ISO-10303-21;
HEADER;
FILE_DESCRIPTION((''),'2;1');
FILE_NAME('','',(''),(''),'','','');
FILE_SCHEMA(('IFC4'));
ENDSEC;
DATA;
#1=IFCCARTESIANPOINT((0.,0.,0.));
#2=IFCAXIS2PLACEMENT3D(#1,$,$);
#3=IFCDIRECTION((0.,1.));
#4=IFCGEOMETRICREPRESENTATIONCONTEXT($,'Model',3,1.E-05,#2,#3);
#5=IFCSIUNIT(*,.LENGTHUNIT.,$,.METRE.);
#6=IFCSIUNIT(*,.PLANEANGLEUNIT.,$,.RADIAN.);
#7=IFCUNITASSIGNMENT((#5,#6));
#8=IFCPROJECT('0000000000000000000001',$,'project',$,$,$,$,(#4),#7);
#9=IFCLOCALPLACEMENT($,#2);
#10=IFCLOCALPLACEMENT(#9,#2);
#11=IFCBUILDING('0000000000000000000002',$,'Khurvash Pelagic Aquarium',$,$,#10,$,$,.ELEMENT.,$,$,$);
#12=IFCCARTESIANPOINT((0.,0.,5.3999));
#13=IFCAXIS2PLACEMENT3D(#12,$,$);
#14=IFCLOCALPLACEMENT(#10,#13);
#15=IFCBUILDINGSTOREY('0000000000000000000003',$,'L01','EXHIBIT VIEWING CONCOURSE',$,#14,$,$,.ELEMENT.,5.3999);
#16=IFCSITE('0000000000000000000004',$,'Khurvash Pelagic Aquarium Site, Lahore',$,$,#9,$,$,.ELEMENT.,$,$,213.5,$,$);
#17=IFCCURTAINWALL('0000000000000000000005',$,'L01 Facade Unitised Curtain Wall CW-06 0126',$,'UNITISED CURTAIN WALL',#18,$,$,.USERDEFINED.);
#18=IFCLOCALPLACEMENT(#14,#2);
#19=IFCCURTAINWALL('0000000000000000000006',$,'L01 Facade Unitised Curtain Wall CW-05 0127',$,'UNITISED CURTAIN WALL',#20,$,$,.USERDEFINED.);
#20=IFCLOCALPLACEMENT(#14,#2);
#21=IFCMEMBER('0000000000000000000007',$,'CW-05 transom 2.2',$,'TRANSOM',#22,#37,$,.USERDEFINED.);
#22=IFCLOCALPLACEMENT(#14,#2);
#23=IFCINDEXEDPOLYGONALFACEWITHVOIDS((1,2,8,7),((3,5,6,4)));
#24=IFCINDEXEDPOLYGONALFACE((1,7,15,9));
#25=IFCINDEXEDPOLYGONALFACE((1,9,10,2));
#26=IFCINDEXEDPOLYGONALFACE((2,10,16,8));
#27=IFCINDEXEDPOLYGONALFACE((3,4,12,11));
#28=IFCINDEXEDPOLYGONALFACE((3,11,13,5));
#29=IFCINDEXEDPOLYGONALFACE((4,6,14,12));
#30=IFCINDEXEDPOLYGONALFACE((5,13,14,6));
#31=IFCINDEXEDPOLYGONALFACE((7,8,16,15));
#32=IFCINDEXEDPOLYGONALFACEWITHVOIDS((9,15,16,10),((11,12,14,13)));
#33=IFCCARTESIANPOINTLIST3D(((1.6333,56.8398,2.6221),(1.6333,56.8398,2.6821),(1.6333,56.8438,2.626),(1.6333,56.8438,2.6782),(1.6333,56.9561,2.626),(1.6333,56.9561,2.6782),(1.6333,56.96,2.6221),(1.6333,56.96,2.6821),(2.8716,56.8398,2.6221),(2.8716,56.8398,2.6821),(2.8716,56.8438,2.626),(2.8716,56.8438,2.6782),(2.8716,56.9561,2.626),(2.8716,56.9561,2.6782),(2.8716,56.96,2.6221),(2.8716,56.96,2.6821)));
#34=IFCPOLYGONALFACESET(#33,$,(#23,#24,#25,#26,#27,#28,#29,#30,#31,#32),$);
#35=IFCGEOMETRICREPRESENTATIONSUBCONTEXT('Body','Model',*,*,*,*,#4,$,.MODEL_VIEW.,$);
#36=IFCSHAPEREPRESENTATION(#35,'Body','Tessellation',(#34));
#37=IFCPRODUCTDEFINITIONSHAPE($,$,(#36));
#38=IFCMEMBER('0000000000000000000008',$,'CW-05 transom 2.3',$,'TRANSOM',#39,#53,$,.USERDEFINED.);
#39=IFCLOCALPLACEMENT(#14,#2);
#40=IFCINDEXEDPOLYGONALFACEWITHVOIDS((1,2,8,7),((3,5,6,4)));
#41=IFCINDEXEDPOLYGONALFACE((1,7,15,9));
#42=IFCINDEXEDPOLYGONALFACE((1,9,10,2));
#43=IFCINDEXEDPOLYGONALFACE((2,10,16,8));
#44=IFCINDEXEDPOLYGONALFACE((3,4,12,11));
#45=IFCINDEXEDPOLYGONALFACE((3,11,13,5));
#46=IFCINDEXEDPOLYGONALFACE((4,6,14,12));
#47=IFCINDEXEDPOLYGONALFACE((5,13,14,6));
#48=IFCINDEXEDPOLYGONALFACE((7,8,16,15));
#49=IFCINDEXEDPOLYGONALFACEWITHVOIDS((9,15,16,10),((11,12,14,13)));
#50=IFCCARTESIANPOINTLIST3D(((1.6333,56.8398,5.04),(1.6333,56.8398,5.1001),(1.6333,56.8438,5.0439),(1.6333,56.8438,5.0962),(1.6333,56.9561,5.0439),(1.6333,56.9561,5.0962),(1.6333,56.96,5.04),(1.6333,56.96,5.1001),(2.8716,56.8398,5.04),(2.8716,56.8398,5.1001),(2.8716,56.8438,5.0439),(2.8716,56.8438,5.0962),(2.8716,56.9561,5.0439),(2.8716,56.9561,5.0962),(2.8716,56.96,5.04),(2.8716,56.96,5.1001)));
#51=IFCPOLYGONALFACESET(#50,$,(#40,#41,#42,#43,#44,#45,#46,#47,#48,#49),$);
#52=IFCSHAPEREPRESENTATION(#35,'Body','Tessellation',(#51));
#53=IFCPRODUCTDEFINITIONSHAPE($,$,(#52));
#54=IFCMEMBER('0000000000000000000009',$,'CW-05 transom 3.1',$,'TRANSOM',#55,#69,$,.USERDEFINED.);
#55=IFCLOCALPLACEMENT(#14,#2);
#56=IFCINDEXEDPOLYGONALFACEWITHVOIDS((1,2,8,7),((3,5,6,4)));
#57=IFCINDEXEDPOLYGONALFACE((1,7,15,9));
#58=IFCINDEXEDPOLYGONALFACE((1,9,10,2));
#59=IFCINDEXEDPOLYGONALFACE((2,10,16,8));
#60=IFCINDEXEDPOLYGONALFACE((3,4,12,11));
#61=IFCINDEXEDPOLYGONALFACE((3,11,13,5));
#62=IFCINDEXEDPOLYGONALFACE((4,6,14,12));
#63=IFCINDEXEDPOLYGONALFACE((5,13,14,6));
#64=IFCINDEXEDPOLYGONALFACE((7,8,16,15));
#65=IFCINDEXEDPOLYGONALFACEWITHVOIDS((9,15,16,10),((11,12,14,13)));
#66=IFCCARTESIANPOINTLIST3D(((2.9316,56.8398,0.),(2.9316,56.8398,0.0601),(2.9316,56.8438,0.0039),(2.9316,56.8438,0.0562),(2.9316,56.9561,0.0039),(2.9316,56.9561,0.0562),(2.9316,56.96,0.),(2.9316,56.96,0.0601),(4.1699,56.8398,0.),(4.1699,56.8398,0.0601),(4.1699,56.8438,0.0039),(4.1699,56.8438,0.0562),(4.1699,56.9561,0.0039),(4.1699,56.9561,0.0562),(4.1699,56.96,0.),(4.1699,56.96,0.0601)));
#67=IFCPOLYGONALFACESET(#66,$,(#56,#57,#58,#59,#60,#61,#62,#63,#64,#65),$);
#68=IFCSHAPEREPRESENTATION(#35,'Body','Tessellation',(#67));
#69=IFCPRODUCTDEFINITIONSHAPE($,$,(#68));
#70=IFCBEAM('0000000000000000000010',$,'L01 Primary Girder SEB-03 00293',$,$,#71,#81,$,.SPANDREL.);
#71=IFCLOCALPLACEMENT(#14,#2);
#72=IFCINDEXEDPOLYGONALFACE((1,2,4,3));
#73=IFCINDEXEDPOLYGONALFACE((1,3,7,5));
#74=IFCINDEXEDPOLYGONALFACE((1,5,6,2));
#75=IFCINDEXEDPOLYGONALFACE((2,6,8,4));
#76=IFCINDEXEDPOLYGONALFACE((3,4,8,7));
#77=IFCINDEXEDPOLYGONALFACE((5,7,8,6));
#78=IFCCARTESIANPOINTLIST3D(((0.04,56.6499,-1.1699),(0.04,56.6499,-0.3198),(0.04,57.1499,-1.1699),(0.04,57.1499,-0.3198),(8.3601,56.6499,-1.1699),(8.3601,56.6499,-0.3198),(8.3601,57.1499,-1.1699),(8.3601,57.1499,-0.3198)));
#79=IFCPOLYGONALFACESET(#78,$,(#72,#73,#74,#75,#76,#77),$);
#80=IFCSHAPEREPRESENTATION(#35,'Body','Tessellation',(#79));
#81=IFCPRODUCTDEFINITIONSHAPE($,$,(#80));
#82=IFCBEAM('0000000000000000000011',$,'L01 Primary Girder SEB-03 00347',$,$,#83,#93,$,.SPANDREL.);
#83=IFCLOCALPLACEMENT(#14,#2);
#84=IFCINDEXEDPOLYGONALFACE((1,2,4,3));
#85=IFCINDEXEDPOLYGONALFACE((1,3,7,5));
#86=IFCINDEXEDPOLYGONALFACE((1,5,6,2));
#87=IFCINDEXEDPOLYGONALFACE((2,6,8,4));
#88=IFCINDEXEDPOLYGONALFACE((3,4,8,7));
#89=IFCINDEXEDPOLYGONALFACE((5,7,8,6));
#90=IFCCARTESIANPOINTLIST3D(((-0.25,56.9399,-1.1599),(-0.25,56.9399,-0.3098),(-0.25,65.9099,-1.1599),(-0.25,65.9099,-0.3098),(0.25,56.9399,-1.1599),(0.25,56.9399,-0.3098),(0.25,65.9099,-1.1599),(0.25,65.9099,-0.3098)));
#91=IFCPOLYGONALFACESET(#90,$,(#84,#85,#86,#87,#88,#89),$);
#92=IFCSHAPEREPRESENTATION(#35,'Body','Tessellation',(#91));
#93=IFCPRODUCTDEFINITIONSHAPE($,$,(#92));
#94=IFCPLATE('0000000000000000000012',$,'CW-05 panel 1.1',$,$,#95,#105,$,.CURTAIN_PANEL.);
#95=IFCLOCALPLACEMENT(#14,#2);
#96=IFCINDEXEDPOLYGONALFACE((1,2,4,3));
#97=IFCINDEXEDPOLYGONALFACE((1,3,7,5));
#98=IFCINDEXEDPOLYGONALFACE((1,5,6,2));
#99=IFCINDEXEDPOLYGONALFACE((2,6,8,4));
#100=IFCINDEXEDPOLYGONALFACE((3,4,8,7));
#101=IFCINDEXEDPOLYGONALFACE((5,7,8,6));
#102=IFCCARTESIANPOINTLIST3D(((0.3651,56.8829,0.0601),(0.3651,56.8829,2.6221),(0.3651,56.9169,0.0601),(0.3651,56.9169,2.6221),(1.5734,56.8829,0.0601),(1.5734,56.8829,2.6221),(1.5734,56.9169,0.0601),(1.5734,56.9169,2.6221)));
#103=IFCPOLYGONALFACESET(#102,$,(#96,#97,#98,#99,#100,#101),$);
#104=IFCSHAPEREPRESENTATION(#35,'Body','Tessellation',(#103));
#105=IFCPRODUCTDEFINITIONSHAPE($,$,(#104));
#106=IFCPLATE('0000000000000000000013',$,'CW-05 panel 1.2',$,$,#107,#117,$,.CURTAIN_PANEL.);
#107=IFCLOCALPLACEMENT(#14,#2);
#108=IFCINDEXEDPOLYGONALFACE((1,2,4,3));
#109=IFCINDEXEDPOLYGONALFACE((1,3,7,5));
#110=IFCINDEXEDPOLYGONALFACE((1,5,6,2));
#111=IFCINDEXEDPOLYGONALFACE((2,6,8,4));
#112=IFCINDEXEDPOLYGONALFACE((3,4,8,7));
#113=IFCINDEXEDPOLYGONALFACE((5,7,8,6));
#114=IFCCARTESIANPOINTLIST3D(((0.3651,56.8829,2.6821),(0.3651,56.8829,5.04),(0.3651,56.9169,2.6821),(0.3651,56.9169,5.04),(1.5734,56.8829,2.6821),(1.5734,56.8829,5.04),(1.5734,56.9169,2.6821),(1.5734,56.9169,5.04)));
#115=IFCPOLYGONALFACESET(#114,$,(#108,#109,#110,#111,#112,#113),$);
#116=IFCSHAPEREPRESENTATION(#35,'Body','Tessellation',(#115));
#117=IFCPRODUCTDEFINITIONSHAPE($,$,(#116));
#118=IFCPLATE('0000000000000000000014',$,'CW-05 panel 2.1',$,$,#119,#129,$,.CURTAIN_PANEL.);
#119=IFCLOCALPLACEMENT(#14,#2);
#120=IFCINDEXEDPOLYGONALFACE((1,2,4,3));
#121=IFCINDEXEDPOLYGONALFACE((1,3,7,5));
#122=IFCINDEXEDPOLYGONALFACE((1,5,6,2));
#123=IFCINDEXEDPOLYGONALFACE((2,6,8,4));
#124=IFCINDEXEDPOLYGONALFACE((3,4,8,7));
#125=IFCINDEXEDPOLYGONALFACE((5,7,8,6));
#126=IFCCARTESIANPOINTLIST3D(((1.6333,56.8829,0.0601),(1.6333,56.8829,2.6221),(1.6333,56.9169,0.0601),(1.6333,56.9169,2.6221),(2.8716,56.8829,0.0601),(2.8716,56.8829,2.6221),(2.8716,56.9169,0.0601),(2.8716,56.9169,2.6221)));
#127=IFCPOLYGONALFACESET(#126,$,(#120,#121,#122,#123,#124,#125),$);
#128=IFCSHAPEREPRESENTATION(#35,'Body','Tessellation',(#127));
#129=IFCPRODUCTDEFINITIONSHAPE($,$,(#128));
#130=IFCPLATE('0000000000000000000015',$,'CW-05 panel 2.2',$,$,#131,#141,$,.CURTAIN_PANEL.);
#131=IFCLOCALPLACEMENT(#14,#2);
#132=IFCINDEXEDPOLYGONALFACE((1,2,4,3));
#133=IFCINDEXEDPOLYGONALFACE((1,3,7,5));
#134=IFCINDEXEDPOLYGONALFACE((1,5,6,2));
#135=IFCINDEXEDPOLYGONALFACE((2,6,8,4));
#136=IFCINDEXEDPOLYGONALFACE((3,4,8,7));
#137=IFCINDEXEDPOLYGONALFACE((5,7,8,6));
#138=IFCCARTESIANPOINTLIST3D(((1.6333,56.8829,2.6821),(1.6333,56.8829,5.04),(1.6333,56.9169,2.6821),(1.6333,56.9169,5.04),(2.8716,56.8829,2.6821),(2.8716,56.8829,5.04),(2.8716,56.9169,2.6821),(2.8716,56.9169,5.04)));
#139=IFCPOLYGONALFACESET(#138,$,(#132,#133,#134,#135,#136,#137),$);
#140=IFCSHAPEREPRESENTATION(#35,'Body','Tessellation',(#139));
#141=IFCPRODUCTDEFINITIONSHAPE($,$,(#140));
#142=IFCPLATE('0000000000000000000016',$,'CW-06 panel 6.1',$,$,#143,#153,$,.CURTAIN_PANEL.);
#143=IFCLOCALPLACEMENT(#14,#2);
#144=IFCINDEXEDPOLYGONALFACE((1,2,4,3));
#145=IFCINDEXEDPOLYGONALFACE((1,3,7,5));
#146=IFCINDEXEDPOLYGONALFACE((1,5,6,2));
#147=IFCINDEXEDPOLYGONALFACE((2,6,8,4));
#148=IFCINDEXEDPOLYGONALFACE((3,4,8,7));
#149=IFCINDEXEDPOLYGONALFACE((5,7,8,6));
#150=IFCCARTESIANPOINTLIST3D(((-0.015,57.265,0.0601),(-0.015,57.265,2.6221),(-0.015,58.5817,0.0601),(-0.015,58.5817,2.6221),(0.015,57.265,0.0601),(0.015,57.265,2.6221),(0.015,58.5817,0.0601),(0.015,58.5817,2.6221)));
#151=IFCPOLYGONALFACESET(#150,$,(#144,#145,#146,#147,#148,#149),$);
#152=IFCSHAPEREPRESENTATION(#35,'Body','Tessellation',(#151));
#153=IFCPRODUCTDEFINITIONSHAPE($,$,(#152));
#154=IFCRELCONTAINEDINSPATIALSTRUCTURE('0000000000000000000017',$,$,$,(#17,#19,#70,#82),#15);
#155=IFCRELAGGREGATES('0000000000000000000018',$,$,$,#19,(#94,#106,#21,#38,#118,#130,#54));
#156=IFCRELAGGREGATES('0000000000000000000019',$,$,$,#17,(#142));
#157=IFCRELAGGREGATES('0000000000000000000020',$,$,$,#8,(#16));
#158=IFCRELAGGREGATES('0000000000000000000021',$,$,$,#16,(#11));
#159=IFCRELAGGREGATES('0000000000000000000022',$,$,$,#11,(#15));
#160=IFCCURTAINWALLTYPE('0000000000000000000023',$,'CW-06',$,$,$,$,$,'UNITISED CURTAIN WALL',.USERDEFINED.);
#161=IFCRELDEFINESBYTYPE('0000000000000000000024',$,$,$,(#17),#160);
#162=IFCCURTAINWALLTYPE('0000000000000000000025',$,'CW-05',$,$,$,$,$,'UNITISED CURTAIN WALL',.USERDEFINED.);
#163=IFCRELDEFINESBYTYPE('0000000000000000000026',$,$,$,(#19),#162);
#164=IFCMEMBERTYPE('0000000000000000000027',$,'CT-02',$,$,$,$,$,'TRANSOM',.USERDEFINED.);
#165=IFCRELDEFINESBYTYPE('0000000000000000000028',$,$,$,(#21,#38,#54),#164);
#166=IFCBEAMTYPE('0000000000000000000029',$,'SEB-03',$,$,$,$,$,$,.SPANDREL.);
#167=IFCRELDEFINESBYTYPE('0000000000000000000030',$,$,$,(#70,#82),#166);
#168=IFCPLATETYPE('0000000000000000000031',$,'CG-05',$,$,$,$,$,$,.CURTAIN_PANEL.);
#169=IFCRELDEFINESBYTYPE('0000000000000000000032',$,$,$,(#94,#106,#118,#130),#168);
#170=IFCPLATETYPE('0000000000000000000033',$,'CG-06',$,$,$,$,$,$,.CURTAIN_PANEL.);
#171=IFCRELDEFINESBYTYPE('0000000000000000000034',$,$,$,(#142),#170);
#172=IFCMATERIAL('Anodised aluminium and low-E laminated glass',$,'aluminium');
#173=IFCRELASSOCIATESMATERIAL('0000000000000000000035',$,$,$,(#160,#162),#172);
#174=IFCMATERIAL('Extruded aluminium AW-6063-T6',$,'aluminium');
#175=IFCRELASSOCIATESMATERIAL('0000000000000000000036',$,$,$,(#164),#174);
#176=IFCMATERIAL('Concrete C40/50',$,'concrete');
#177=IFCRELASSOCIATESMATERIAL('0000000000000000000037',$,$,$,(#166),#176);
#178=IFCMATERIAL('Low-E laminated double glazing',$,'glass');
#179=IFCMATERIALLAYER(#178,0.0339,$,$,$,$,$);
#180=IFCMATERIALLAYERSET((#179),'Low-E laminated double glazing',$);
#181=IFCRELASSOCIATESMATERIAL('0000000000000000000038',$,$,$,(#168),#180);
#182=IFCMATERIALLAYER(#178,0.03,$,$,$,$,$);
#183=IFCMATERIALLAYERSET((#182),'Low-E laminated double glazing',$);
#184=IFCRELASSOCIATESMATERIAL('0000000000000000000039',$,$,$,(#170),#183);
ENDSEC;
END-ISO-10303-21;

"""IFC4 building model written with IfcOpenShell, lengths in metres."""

from ifc_helpers import new_model, si_unit, direction, frame, origin, origin_2d, place, context, subcontext, project, spatial, rectangle, hollow_rectangle, extrude, material, layer, layer_set, material_profile, profile_set, type_object, element, aggregate, save


model = new_model("IFC4")

# Units and contexts
model_context = context("Model", 3, precision=1e-05, world=origin(), true_north=direction((0.0, 1.0)))
body_context = subcontext(model_context, "Body", "Model", "MODEL_VIEW")
ifc_project = project(units=[si_unit("LENGTHUNIT", "METRE"), si_unit("PLANEANGLEUNIT", "RADIAN")], contexts=[model_context])

# Site, building, storey
site_placement = place(None, origin())
site = spatial("IfcSite", under=ifc_project, at=site_placement, Name="Khurvash Pelagic Aquarium Site, Lahore", CompositionType="ELEMENT", RefElevation=213.5)
building_placement = place(site_placement, origin())
building = spatial("IfcBuilding", under=site, at=building_placement, Name="Khurvash Pelagic Aquarium", CompositionType="ELEMENT")
storey_placement = place(building_placement, frame((0.0, 0.0, 5.3999)))
storey = spatial("IfcBuildingStorey", under=building, at=storey_placement, Name="L01", Description="EXHIBIT VIEWING CONCOURSE", CompositionType="ELEMENT", Elevation=5.3999)

# Shared definitions
ifc_material_1 = material(Name="Concrete C40/50", Category="concrete")

# Curtain wall
ifc_material_2 = material(Name="Anodised aluminium and low-E laminated glass", Category="aluminium")
curtain_wall_type_1 = type_object("IfcCurtainWallType", Name="CW-06", ElementType="UNITISED CURTAIN WALL", PredefinedType="USERDEFINED", material=ifc_material_2)
curtain_wall_1_placement = place(storey_placement, origin())
curtain_wall_1 = element("IfcCurtainWall", 1, at=curtain_wall_1_placement, inside=storey, type_object=curtain_wall_type_1, Name="L01 Facade Unitised Curtain Wall CW-06 0126", ObjectType="UNITISED CURTAIN WALL", PredefinedType="USERDEFINED")
ifc_material_3 = material(Name="Extruded aluminium AW-6063-T6", Category="aluminium")

# Curtain wall, members
curtain_wall_type_2 = type_object("IfcCurtainWallType", Name="CW-05", ElementType="UNITISED CURTAIN WALL", PredefinedType="USERDEFINED", material=ifc_material_2)
curtain_wall_2_placement = place(storey_placement, origin())
curtain_wall_2 = element("IfcCurtainWall", 2, at=curtain_wall_2_placement, inside=storey, type_object=curtain_wall_type_2, Name="L01 Facade Unitised Curtain Wall CW-05 0127", ObjectType="UNITISED CURTAIN WALL", PredefinedType="USERDEFINED")
ifc_material_profile_1 = material_profile(ifc_material_3, hollow_rectangle(XDim=0.1201, YDim=0.0601, WallThickness=0.0039, at=origin_2d()), Name="CWT120X60X4")
ifc_profile_set_1 = profile_set([ifc_material_profile_1], Name="Extruded aluminium AW-6063-T6")
member_type_1 = type_object("IfcMemberType", Name="CT-02", ElementType="TRANSOM", PredefinedType="USERDEFINED", material=ifc_profile_set_1)
member_1_placement = place(storey_placement, frame((1.6333, 56.8999, 2.6521), z_axis=(1.0, 0.0, 0.0), x_axis=(0.0, 1.0, 0.0)))
member_1 = element("IfcMember", 3, at=member_1_placement, type_object=member_type_1, Name="CW-05 transom 2.2", ObjectType="TRANSOM", PredefinedType="USERDEFINED", context=body_context, shape_type="SweptSolid", body=[
    extrude(hollow_rectangle(XDim=0.1201, YDim=0.0601, WallThickness=0.0039, at=origin_2d()), origin(), (0.0, 0.0, 1.0), 1.2383),
])
member_2_placement = place(storey_placement, frame((1.6333, 56.8999, 5.0701), z_axis=(1.0, 0.0, 0.0), x_axis=(0.0, 1.0, 0.0)))
member_2 = element("IfcMember", 4, at=member_2_placement, type_object=member_type_1, Name="CW-05 transom 2.3", ObjectType="TRANSOM", PredefinedType="USERDEFINED", context=body_context, shape_type="SweptSolid", body=[
    extrude(hollow_rectangle(XDim=0.1201, YDim=0.0601, WallThickness=0.0039, at=origin_2d()), origin(), (0.0, 0.0, 1.0), 1.2383),
])
member_3_placement = place(storey_placement, frame((2.9316, 56.8999, 0.03), z_axis=(1.0, 0.0, 0.0), x_axis=(0.0, 1.0, 0.0)))
member_3 = element("IfcMember", 5, at=member_3_placement, type_object=member_type_1, Name="CW-05 transom 3.1", ObjectType="TRANSOM", PredefinedType="USERDEFINED", context=body_context, shape_type="SweptSolid", body=[
    extrude(hollow_rectangle(XDim=0.1201, YDim=0.0601, WallThickness=0.0039, at=origin_2d()), origin(), (0.0, 0.0, 1.0), 1.2383),
])

# Beams
ifc_material_profile_2 = material_profile(ifc_material_1, rectangle(XDim=0.5, YDim=0.8501, at=origin_2d()), Name="RC500X850")
ifc_profile_set_2 = profile_set([ifc_material_profile_2], Name="Concrete C40/50")
beam_type_1 = type_object("IfcBeamType", Name="SEB-03", PredefinedType="SPANDREL", material=ifc_profile_set_2)
beam_1_placement = place(storey_placement, frame((0.04, 56.8999, -0.7449), z_axis=(1.0, 0.0, 0.0), x_axis=(0.0, 1.0, 0.0)))
element("IfcBeam", 6, at=beam_1_placement, inside=storey, type_object=beam_type_1, Name="L01 Primary Girder SEB-03 00293", PredefinedType="SPANDREL", context=body_context, shape_type="SweptSolid", body=[
    extrude(rectangle(XDim=0.5, YDim=0.8501, at=origin_2d()), origin(), (0.0, 0.0, 1.0), 8.3201),
])
beam_2_placement = place(storey_placement, frame((0.0, 56.9399, -0.7349), z_axis=(0.0, 1.0, 0.0), x_axis=(-1.0, 0.0, 0.0)))
element("IfcBeam", 7, at=beam_2_placement, inside=storey, type_object=beam_type_1, Name="L01 Primary Girder SEB-03 00347", PredefinedType="SPANDREL", context=body_context, shape_type="SweptSolid", body=[
    extrude(rectangle(XDim=0.5, YDim=0.8501, at=origin_2d()), origin(), (0.0, 0.0, 1.0), 8.97),
])

# Plates
ifc_material_4 = material(Name="Low-E laminated double glazing", Category="glass")
ifc_layer_1 = layer(ifc_material_4, 0.0339)
ifc_layer_set_1 = layer_set([ifc_layer_1], Name="Low-E laminated double glazing")
plate_type_1 = type_object("IfcPlateType", Name="CG-05", PredefinedType="CURTAIN_PANEL", material=ifc_layer_set_1)
plate_1_placement = place(storey_placement, frame((0.9692, 56.8999, 0.0601), z_axis=(0.0, 0.0, 1.0), x_axis=(1.0, 0.0, 0.0)))
plate_1 = element("IfcPlate", 8, at=plate_1_placement, type_object=plate_type_1, Name="CW-05 panel 1.1", PredefinedType="CURTAIN_PANEL", context=body_context, shape_type="SweptSolid", body=[
    extrude(rectangle(XDim=1.2083, YDim=0.0339, at=origin_2d()), origin(), (0.0, 0.0, 1.0), 2.562),
])
plate_2_placement = place(storey_placement, frame((0.9692, 56.8999, 2.6821), z_axis=(0.0, 0.0, 1.0), x_axis=(1.0, 0.0, 0.0)))
plate_2 = element("IfcPlate", 9, at=plate_2_placement, type_object=plate_type_1, Name="CW-05 panel 1.2", PredefinedType="CURTAIN_PANEL", context=body_context, shape_type="SweptSolid", body=[
    extrude(rectangle(XDim=1.2083, YDim=0.0339, at=origin_2d()), origin(), (0.0, 0.0, 1.0), 2.3579),
])
plate_3_placement = place(storey_placement, frame((2.2524, 56.8999, 0.0601), z_axis=(0.0, 0.0, 1.0), x_axis=(1.0, 0.0, 0.0)))
plate_3 = element("IfcPlate", 10, at=plate_3_placement, type_object=plate_type_1, Name="CW-05 panel 2.1", PredefinedType="CURTAIN_PANEL", context=body_context, shape_type="SweptSolid", body=[
    extrude(rectangle(XDim=1.2383, YDim=0.0339, at=origin_2d()), origin(), (0.0, 0.0, 1.0), 2.562),
])
plate_4_placement = place(storey_placement, frame((2.2524, 56.8999, 2.6821), z_axis=(0.0, 0.0, 1.0), x_axis=(1.0, 0.0, 0.0)))
plate_4 = element("IfcPlate", 11, at=plate_4_placement, type_object=plate_type_1, Name="CW-05 panel 2.2", PredefinedType="CURTAIN_PANEL", context=body_context, shape_type="SweptSolid", body=[
    extrude(rectangle(XDim=1.2383, YDim=0.0339, at=origin_2d()), origin(), (0.0, 0.0, 1.0), 2.3579),
])
aggregate(curtain_wall_2, [plate_1, plate_2, member_1, member_2, plate_3, plate_4, member_3])
ifc_layer_2 = layer(ifc_material_4, 0.03)
ifc_layer_set_2 = layer_set([ifc_layer_2], Name="Low-E laminated double glazing")
plate_type_2 = type_object("IfcPlateType", Name="CG-06", PredefinedType="CURTAIN_PANEL", material=ifc_layer_set_2)
plate_5_placement = place(storey_placement, frame((0.0, 57.9233, 0.0601), z_axis=(0.0, 0.0, 1.0), x_axis=(0.0, -1.0, 0.0)))
plate_5 = element("IfcPlate", 12, at=plate_5_placement, type_object=plate_type_2, Name="CW-06 panel 6.1", PredefinedType="CURTAIN_PANEL", context=body_context, shape_type="SweptSolid", body=[
    extrude(rectangle(XDim=1.3167, YDim=0.03, at=origin_2d()), origin(), (0.0, 0.0, 1.0), 2.562),
])
aggregate(curtain_wall_1, [plate_5])

save(model, "model.ifc")
